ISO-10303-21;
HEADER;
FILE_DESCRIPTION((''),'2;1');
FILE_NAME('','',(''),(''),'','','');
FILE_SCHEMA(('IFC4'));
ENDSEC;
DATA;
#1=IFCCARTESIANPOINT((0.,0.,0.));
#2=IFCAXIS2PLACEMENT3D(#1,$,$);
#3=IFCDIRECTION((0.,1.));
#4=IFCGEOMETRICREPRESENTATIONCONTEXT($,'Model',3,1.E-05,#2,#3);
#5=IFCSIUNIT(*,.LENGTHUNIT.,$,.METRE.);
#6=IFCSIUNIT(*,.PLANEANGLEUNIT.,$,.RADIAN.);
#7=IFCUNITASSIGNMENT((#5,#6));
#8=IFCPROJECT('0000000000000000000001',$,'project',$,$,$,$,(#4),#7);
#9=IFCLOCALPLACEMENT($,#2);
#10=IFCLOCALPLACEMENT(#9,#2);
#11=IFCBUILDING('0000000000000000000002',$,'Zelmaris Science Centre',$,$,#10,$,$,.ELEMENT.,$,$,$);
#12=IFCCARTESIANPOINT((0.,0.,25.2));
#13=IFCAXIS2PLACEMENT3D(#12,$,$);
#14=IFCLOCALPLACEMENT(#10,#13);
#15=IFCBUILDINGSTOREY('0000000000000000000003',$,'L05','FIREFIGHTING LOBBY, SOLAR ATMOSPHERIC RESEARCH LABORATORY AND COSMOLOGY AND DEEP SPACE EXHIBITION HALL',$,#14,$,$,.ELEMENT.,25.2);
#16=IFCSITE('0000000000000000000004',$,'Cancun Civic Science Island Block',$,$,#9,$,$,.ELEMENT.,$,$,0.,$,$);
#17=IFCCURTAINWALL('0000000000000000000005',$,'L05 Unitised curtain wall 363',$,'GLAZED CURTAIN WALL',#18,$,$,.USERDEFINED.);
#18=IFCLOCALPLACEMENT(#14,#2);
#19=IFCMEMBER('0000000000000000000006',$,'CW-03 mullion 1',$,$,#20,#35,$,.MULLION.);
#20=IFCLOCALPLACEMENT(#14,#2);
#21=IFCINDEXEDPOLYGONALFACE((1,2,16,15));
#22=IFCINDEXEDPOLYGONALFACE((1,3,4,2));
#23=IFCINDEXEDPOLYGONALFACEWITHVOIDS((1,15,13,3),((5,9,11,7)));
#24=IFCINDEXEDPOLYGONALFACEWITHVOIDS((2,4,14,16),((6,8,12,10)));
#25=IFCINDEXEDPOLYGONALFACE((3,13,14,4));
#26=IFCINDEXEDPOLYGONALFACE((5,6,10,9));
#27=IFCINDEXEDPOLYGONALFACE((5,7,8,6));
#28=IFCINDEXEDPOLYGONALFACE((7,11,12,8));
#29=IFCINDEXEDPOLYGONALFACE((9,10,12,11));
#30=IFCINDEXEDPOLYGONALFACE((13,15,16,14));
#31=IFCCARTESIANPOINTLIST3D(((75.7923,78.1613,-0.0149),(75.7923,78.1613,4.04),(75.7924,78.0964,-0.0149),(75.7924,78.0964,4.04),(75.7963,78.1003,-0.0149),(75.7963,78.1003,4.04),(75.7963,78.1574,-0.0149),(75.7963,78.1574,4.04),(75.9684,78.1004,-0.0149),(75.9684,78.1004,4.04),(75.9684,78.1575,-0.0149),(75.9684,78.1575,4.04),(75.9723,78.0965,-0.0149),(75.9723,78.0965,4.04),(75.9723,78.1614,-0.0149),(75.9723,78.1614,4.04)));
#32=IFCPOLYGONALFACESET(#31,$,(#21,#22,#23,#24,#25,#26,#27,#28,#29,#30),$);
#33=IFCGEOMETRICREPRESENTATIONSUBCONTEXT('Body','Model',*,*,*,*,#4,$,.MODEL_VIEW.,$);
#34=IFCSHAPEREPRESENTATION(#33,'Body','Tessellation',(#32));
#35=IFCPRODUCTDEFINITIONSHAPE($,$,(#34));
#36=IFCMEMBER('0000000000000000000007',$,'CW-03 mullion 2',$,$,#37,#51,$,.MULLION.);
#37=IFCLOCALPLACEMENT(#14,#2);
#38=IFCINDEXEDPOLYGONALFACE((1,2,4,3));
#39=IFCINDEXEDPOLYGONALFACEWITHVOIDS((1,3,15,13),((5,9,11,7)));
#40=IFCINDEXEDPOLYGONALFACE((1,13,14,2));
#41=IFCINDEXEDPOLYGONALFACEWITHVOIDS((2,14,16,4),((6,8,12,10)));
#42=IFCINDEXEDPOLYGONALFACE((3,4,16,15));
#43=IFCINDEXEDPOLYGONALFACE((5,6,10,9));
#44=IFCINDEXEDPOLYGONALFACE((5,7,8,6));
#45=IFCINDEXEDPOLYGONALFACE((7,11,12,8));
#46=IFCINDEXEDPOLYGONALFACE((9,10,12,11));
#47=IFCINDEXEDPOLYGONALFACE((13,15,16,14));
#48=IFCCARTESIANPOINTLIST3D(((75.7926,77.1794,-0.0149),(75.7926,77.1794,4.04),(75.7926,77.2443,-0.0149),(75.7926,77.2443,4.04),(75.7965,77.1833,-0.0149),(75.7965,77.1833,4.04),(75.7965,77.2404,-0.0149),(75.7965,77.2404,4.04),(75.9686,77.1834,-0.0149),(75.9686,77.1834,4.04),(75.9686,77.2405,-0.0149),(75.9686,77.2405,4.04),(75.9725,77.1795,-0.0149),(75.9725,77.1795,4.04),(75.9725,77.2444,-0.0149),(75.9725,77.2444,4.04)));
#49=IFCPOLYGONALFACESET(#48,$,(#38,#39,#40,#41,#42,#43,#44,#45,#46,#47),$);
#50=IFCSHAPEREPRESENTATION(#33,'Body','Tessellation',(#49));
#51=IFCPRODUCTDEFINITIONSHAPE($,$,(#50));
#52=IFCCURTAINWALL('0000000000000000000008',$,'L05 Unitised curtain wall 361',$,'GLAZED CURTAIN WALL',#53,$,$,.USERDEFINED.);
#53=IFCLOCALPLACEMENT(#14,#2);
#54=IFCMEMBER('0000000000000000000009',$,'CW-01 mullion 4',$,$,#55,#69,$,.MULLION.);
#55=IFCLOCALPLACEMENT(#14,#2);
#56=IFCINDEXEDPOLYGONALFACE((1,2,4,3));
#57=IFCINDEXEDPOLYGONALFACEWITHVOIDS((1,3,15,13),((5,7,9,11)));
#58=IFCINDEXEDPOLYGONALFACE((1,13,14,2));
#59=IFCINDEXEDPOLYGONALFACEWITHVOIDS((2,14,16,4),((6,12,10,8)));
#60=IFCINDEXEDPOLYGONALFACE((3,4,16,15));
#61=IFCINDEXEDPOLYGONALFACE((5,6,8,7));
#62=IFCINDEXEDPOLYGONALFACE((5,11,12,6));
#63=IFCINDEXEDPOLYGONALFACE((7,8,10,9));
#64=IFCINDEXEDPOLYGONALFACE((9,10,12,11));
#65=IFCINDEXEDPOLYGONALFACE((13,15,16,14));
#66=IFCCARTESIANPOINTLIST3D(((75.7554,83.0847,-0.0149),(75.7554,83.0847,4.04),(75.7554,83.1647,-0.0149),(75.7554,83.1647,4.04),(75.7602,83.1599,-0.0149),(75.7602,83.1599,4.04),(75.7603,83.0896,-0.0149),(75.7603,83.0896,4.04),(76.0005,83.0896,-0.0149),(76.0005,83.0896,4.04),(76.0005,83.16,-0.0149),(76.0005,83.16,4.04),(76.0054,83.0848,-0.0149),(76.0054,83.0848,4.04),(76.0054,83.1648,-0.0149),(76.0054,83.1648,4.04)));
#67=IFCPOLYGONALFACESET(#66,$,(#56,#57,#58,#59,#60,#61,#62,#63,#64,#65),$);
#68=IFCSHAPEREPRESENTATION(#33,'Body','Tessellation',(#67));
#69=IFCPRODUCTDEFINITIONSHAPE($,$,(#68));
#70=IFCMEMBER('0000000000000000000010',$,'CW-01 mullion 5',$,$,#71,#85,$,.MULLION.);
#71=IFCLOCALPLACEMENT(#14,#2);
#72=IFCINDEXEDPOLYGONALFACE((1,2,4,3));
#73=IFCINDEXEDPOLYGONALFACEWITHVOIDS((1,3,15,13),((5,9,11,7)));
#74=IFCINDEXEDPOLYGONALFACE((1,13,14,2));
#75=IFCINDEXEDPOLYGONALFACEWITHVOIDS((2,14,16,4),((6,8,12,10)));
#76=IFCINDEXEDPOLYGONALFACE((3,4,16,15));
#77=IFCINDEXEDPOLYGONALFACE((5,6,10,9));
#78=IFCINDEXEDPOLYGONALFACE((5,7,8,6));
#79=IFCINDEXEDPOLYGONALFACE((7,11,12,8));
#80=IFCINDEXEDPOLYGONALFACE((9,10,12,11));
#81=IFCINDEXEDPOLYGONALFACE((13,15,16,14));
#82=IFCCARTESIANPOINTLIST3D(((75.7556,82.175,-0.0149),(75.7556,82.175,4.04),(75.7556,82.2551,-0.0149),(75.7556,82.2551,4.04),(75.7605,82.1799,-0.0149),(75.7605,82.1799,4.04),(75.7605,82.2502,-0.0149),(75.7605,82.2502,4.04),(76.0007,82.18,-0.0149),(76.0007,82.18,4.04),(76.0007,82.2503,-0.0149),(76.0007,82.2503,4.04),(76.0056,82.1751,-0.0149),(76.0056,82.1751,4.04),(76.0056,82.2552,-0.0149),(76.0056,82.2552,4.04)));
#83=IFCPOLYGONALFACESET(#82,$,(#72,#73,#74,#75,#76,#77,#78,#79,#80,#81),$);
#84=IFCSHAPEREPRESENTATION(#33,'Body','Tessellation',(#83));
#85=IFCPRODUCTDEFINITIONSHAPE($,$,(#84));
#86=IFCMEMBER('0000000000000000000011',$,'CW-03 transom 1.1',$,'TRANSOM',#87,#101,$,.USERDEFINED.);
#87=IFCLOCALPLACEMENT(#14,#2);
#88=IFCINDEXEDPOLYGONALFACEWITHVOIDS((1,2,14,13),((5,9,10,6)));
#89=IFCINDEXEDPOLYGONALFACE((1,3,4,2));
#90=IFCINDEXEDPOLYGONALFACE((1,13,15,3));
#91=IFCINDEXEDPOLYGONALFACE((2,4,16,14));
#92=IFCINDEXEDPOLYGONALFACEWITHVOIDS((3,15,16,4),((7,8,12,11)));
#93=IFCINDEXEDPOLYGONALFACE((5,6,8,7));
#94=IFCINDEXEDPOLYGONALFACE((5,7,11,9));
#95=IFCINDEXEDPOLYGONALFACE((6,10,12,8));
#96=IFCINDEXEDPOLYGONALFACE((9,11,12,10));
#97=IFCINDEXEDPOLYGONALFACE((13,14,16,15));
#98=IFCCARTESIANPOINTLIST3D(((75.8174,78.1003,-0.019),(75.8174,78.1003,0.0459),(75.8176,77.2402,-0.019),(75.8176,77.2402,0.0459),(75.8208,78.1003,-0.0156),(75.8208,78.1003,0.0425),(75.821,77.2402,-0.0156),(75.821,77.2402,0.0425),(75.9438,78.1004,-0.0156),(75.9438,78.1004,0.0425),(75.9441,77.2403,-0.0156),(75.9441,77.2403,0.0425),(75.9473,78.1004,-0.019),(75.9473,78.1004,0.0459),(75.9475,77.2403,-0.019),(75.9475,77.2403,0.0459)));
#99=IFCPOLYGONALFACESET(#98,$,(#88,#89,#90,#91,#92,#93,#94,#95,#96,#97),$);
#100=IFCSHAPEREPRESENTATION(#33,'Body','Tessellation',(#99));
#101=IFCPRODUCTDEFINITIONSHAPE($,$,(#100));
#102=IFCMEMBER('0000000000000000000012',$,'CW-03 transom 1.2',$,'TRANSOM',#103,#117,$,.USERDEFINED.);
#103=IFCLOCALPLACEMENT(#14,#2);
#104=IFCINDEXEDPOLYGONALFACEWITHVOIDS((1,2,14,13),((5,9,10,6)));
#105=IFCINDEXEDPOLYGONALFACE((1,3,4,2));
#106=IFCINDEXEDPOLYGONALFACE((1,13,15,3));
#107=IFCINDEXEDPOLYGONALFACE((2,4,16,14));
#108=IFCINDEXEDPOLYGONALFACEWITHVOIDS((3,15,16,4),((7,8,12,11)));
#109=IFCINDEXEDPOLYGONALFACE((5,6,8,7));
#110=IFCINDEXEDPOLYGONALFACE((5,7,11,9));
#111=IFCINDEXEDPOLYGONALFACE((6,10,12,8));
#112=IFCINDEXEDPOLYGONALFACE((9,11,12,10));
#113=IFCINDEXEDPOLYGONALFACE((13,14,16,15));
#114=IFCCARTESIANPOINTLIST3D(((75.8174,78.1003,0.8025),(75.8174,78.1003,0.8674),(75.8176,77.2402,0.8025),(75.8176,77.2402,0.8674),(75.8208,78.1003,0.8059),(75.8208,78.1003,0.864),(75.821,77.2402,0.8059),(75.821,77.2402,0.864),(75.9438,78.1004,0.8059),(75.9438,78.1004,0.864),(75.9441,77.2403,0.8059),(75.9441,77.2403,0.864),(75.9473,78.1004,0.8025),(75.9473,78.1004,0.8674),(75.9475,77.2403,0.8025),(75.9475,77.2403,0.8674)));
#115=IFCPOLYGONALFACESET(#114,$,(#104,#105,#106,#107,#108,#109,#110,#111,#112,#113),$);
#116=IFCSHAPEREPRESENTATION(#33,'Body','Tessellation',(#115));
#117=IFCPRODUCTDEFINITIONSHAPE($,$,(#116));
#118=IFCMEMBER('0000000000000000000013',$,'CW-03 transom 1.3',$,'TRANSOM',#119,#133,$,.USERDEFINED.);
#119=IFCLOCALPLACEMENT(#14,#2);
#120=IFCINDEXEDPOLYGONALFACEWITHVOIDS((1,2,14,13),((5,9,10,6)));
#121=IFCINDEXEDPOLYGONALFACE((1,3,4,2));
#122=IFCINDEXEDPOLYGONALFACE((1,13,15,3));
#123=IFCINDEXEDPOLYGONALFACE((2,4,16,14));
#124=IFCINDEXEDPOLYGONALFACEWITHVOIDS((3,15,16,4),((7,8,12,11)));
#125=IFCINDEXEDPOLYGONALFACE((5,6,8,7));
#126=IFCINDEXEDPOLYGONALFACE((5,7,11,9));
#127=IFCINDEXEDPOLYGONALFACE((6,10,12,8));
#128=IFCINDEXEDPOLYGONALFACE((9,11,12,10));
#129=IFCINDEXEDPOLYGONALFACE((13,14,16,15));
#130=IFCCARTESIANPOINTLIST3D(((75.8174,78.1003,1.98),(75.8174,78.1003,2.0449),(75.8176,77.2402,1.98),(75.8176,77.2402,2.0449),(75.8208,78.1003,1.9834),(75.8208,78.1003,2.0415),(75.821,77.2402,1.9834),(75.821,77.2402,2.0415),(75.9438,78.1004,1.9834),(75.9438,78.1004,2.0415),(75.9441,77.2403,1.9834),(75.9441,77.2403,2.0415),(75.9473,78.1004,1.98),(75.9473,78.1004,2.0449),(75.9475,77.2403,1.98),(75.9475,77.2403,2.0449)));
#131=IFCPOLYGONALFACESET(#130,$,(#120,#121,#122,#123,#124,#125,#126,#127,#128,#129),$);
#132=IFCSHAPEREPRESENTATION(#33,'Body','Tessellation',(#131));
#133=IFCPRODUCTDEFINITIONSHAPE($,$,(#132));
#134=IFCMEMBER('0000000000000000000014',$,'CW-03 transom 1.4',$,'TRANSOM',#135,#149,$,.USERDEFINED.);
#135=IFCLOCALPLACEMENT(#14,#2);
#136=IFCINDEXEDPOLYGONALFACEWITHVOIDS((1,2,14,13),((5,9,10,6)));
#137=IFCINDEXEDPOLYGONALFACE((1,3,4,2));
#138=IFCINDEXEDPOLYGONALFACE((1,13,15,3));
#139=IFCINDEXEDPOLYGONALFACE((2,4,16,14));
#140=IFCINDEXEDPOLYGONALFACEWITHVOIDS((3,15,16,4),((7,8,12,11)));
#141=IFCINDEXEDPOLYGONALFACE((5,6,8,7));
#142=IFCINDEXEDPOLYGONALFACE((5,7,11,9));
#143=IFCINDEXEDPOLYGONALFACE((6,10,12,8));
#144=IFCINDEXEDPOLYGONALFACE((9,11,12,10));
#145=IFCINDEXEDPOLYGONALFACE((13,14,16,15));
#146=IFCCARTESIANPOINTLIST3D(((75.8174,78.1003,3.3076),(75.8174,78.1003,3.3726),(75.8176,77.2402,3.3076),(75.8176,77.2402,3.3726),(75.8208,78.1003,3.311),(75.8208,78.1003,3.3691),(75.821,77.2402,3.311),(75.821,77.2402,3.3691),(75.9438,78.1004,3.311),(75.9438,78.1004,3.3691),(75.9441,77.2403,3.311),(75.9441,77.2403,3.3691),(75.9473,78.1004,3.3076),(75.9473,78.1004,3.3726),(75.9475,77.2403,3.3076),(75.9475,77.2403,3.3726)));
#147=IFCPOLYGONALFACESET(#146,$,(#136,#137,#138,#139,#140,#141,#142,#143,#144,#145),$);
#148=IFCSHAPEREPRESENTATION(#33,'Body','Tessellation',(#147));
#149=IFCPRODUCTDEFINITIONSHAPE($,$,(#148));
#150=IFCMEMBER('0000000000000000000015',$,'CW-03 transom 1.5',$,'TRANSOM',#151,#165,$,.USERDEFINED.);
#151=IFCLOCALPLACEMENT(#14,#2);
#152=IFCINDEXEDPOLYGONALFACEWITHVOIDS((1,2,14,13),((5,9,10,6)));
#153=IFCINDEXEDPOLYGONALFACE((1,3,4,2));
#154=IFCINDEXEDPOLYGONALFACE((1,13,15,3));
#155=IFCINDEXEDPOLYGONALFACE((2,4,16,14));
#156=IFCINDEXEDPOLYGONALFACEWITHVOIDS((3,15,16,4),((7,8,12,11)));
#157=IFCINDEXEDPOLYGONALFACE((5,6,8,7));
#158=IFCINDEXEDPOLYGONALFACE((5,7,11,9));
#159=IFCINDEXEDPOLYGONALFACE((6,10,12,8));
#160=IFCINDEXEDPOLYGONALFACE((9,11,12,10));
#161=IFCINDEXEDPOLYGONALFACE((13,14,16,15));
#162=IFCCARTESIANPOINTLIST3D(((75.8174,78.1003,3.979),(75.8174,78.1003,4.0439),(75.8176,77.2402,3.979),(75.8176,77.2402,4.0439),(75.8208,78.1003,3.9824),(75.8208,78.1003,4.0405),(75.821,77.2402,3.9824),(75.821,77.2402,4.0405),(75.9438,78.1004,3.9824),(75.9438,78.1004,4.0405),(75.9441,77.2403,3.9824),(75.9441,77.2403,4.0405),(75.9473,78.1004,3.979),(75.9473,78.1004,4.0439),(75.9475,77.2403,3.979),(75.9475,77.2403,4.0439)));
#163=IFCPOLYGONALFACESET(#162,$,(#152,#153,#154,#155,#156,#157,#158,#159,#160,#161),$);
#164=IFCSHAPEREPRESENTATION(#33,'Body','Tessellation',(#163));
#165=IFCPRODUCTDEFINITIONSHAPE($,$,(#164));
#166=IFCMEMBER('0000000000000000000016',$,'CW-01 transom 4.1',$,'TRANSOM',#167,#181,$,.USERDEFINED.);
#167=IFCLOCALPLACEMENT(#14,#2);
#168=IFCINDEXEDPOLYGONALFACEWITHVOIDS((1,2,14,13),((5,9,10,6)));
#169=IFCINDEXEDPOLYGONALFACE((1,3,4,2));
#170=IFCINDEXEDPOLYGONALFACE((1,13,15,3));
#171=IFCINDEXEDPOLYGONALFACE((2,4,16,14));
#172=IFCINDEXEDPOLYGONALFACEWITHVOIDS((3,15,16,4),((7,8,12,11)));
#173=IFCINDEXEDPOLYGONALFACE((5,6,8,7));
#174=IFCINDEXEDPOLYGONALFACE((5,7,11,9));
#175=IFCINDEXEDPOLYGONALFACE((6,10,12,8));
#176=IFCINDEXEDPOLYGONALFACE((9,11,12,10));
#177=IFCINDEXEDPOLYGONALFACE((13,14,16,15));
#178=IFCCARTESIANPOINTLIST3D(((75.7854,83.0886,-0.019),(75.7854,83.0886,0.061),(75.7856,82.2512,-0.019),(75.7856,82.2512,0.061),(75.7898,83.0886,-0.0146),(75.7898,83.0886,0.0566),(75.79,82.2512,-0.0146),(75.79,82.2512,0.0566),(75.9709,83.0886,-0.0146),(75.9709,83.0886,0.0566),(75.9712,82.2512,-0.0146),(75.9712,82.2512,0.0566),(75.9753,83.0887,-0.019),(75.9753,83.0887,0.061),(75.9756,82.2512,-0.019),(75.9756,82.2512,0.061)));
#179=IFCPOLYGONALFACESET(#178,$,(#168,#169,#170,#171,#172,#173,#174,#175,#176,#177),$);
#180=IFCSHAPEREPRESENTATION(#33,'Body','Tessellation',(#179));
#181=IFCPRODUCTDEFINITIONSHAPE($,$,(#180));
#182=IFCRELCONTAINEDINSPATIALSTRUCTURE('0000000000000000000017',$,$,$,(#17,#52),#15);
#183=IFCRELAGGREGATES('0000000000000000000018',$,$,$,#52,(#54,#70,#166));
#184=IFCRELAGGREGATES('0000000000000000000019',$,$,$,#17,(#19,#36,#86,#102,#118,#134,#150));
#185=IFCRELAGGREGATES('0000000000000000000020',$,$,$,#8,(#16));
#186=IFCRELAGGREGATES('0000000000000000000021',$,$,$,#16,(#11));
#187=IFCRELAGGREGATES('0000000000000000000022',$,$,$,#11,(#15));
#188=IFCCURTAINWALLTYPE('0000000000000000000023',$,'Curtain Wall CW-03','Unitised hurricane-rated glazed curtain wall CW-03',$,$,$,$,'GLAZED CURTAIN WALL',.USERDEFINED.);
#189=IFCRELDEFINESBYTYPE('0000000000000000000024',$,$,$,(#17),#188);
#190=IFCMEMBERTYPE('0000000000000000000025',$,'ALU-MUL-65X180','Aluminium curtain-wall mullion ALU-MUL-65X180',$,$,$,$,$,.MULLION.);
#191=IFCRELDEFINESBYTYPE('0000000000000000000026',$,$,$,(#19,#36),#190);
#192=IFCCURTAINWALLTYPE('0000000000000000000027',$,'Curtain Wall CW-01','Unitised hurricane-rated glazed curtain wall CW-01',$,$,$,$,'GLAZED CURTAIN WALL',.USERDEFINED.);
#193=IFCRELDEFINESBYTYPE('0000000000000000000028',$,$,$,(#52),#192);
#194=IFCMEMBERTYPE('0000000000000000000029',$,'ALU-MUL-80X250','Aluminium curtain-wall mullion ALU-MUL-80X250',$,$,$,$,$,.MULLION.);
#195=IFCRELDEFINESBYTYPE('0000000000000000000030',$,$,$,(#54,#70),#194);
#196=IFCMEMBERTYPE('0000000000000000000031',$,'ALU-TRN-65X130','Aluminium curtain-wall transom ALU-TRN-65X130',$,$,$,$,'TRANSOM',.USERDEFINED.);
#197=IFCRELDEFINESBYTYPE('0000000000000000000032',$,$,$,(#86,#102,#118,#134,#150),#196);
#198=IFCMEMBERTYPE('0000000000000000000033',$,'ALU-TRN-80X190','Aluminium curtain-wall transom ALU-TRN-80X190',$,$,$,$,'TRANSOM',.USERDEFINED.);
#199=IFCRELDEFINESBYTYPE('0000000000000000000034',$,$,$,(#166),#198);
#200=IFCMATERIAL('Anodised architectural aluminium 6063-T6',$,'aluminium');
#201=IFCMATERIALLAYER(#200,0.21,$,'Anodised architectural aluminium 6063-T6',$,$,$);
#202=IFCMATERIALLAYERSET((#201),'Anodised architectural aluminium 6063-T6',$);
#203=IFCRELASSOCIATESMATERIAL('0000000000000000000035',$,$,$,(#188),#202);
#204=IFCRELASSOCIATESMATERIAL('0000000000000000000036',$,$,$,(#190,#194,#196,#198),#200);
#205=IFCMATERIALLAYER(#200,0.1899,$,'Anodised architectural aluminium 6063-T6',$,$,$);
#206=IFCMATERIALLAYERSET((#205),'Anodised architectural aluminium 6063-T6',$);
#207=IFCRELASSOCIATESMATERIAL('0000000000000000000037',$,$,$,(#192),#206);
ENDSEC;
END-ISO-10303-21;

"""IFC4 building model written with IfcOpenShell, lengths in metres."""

from ifc_helpers import new_model, si_unit, direction, frame, origin, origin_2d, place, context, subcontext, project, spatial, hollow_rectangle, extrude, material, layer, layer_set, material_profile, profile_set, type_object, element, aggregate, save


model = new_model("IFC4")

# Units and contexts
model_context = context("Model", 3, precision=1e-05, world=origin(), true_north=direction((0.0, 1.0)))
body_context = subcontext(model_context, "Body", "Model", "MODEL_VIEW")
ifc_project = project(units=[si_unit("LENGTHUNIT", "METRE"), si_unit("PLANEANGLEUNIT", "RADIAN")], contexts=[model_context])

# Site, building, storey
site_placement = place(None, origin())
site = spatial("IfcSite", under=ifc_project, at=site_placement, Name="Cancun Civic Science Island Block", CompositionType="ELEMENT", RefElevation=0.0)
building_placement = place(site_placement, origin())
building = spatial("IfcBuilding", under=site, at=building_placement, Name="Zelmaris Science Centre", CompositionType="ELEMENT")
storey_placement = place(building_placement, frame((0.0, 0.0, 25.2)))
storey = spatial("IfcBuildingStorey", under=building, at=storey_placement, Name="L05", Description="FIREFIGHTING LOBBY, SOLAR ATMOSPHERIC RESEARCH LABORATORY AND COSMOLOGY AND DEEP SPACE EXHIBITION HALL", CompositionType="ELEMENT", Elevation=25.2)

# Curtain walls, members
ifc_material_1 = material(Name="Anodised architectural aluminium 6063-T6", Category="aluminium")
ifc_layer_1 = layer(ifc_material_1, 0.21, Name="Anodised architectural aluminium 6063-T6")
ifc_layer_set_1 = layer_set([ifc_layer_1], Name="Anodised architectural aluminium 6063-T6")
curtain_wall_type_1 = type_object("IfcCurtainWallType", Name="Curtain Wall CW-03", Description="Unitised hurricane-rated glazed curtain wall CW-03", ElementType="GLAZED CURTAIN WALL", PredefinedType="USERDEFINED", material=ifc_layer_set_1)
curtain_wall_1_placement = place(storey_placement, origin())
curtain_wall_1 = element("IfcCurtainWall", 1, at=curtain_wall_1_placement, inside=storey, type_object=curtain_wall_type_1, Name="L05 Unitised curtain wall 363", ObjectType="GLAZED CURTAIN WALL", PredefinedType="USERDEFINED")
ifc_material_profile_1 = material_profile(ifc_material_1, hollow_rectangle(XDim=0.0649, YDim=0.1799, WallThickness=0.0039, at=origin_2d()), Name="ALU-MUL-65X180")
ifc_profile_set_1 = profile_set([ifc_material_profile_1], Name="Anodised architectural aluminium 6063-T6")
member_type_1 = type_object("IfcMemberType", Name="ALU-MUL-65X180", Description="Aluminium curtain-wall mullion ALU-MUL-65X180", PredefinedType="MULLION", material=ifc_profile_set_1)
member_1_placement = place(storey_placement, frame((75.8823, 78.1289, -0.0149), z_axis=(0.0, 0.0, 1.0), x_axis=(0.000396, -1.0, 0.0)))
member_1 = element("IfcMember", 2, at=member_1_placement, type_object=member_type_1, Name="CW-03 mullion 1", PredefinedType="MULLION", context=body_context, shape_type="SweptSolid", body=[
    extrude(hollow_rectangle(XDim=0.0649, YDim=0.1799, WallThickness=0.0039, at=origin_2d()), origin(), (0.0, 0.0, 1.0), 4.0549),
])
member_2_placement = place(storey_placement, frame((75.8826, 77.2119, -0.0149), z_axis=(0.0, 0.0, 1.0), x_axis=(0.000396, -1.0, 0.0)))
member_2 = element("IfcMember", 3, at=member_2_placement, type_object=member_type_1, Name="CW-03 mullion 2", PredefinedType="MULLION", context=body_context, shape_type="SweptSolid", body=[
    extrude(hollow_rectangle(XDim=0.0649, YDim=0.1799, WallThickness=0.0039, at=origin_2d()), origin(), (0.0, 0.0, 1.0), 4.0549),
])
ifc_layer_2 = layer(ifc_material_1, 0.1899, Name="Anodised architectural aluminium 6063-T6")
ifc_layer_set_2 = layer_set([ifc_layer_2], Name="Anodised architectural aluminium 6063-T6")
curtain_wall_type_2 = type_object("IfcCurtainWallType", Name="Curtain Wall CW-01", Description="Unitised hurricane-rated glazed curtain wall CW-01", ElementType="GLAZED CURTAIN WALL", PredefinedType="USERDEFINED", material=ifc_layer_set_2)
curtain_wall_2_placement = place(storey_placement, origin())
curtain_wall_2 = element("IfcCurtainWall", 4, at=curtain_wall_2_placement, inside=storey, type_object=curtain_wall_type_2, Name="L05 Unitised curtain wall 361", ObjectType="GLAZED CURTAIN WALL", PredefinedType="USERDEFINED")
ifc_material_profile_2 = material_profile(ifc_material_1, hollow_rectangle(XDim=0.0801, YDim=0.25, WallThickness=0.0049, at=origin_2d()), Name="ALU-MUL-80X250")
ifc_profile_set_2 = profile_set([ifc_material_profile_2], Name="Anodised architectural aluminium 6063-T6")
member_type_2 = type_object("IfcMemberType", Name="ALU-MUL-80X250", Description="Aluminium curtain-wall mullion ALU-MUL-80X250", PredefinedType="MULLION", material=ifc_profile_set_2)
member_3_placement = place(storey_placement, frame((75.8804, 83.1248, -0.0149), z_axis=(0.0, 0.0, 1.0), x_axis=(0.000396, -1.0, 0.0)))
member_3 = element("IfcMember", 5, at=member_3_placement, type_object=member_type_2, Name="CW-01 mullion 4", PredefinedType="MULLION", context=body_context, shape_type="SweptSolid", body=[
    extrude(hollow_rectangle(XDim=0.0801, YDim=0.25, WallThickness=0.0049, at=origin_2d()), origin(), (0.0, 0.0, 1.0), 4.0549),
])
member_4_placement = place(storey_placement, frame((75.8806, 82.2151, -0.0149), z_axis=(0.0, 0.0, 1.0), x_axis=(0.000396, -1.0, 0.0)))
member_4 = element("IfcMember", 6, at=member_4_placement, type_object=member_type_2, Name="CW-01 mullion 5", PredefinedType="MULLION", context=body_context, shape_type="SweptSolid", body=[
    extrude(hollow_rectangle(XDim=0.0801, YDim=0.25, WallThickness=0.0049, at=origin_2d()), origin(), (0.0, 0.0, 1.0), 4.0549),
])

# Members
ifc_material_profile_3 = material_profile(ifc_material_1, hollow_rectangle(XDim=0.0649, YDim=0.1299, WallThickness=0.0034, at=origin_2d()), Name="ALU-TRN-65X130")
ifc_profile_set_3 = profile_set([ifc_material_profile_3], Name="Anodised architectural aluminium 6063-T6")
member_type_3 = type_object("IfcMemberType", Name="ALU-TRN-65X130", Description="Aluminium curtain-wall transom ALU-TRN-65X130", ElementType="TRANSOM", PredefinedType="USERDEFINED", material=ifc_profile_set_3)
member_5_placement = place(storey_placement, frame((75.8823, 78.1003, 0.0134), z_axis=(0.000284, -1.0, 0.0), x_axis=(0.0, 0.0, 1.0)))
member_5 = element("IfcMember", 7, at=member_5_placement, type_object=member_type_3, Name="CW-03 transom 1.1", ObjectType="TRANSOM", PredefinedType="USERDEFINED", context=body_context, shape_type="SweptSolid", body=[
    extrude(hollow_rectangle(XDim=0.0649, YDim=0.1299, WallThickness=0.0034, at=origin_2d()), origin(), (0.0, 0.0, 1.0), 0.8601),
])
member_6_placement = place(storey_placement, frame((75.8823, 78.1003, 0.835), z_axis=(0.000284, -1.0, 0.0), x_axis=(0.0, 0.0, 1.0)))
member_6 = element("IfcMember", 8, at=member_6_placement, type_object=member_type_3, Name="CW-03 transom 1.2", ObjectType="TRANSOM", PredefinedType="USERDEFINED", context=body_context, shape_type="SweptSolid", body=[
    extrude(hollow_rectangle(XDim=0.0649, YDim=0.1299, WallThickness=0.0034, at=origin_2d()), origin(), (0.0, 0.0, 1.0), 0.8601),
])
member_7_placement = place(storey_placement, frame((75.8823, 78.1003, 2.0125), z_axis=(0.000284, -1.0, 0.0), x_axis=(0.0, 0.0, 1.0)))
member_7 = element("IfcMember", 9, at=member_7_placement, type_object=member_type_3, Name="CW-03 transom 1.3", ObjectType="TRANSOM", PredefinedType="USERDEFINED", context=body_context, shape_type="SweptSolid", body=[
    extrude(hollow_rectangle(XDim=0.0649, YDim=0.1299, WallThickness=0.0034, at=origin_2d()), origin(), (0.0, 0.0, 1.0), 0.8601),
])
member_8_placement = place(storey_placement, frame((75.8823, 78.1003, 3.3401), z_axis=(0.000284, -1.0, 0.0), x_axis=(0.0, 0.0, 1.0)))
member_8 = element("IfcMember", 10, at=member_8_placement, type_object=member_type_3, Name="CW-03 transom 1.4", ObjectType="TRANSOM", PredefinedType="USERDEFINED", context=body_context, shape_type="SweptSolid", body=[
    extrude(hollow_rectangle(XDim=0.0649, YDim=0.1299, WallThickness=0.0034, at=origin_2d()), origin(), (0.0, 0.0, 1.0), 0.8601),
])
member_9_placement = place(storey_placement, frame((75.8823, 78.1003, 4.0115), z_axis=(0.000284, -1.0, 0.0), x_axis=(0.0, 0.0, 1.0)))
member_9 = element("IfcMember", 11, at=member_9_placement, type_object=member_type_3, Name="CW-03 transom 1.5", ObjectType="TRANSOM", PredefinedType="USERDEFINED", context=body_context, shape_type="SweptSolid", body=[
    extrude(hollow_rectangle(XDim=0.0649, YDim=0.1299, WallThickness=0.0034, at=origin_2d()), origin(), (0.0, 0.0, 1.0), 0.8601),
])
ifc_material_profile_4 = material_profile(ifc_material_1, hollow_rectangle(XDim=0.0801, YDim=0.1899, WallThickness=0.0044, at=origin_2d()), Name="ALU-TRN-80X190")
ifc_profile_set_4 = profile_set([ifc_material_profile_4], Name="Anodised architectural aluminium 6063-T6")
member_type_4 = type_object("IfcMemberType", Name="ALU-TRN-80X190", Description="Aluminium curtain-wall transom ALU-TRN-80X190", ElementType="TRANSOM", PredefinedType="USERDEFINED", material=ifc_profile_set_4)
member_10_placement = place(storey_placement, frame((75.8804, 83.0886, 0.021), z_axis=(0.000292, -1.0, 0.0), x_axis=(0.0, 0.0, 1.0)))
member_10 = element("IfcMember", 12, at=member_10_placement, type_object=member_type_4, Name="CW-01 transom 4.1", ObjectType="TRANSOM", PredefinedType="USERDEFINED", context=body_context, shape_type="SweptSolid", body=[
    extrude(hollow_rectangle(XDim=0.0801, YDim=0.1899, WallThickness=0.0044, at=origin_2d()), origin(), (0.0, 0.0, 1.0), 0.8374),
])

aggregate(curtain_wall_2, [member_3, member_4, member_10])
aggregate(curtain_wall_1, [member_1, member_2, member_5, member_6, member_7, member_8, member_9])

save(model, "model.ifc")
